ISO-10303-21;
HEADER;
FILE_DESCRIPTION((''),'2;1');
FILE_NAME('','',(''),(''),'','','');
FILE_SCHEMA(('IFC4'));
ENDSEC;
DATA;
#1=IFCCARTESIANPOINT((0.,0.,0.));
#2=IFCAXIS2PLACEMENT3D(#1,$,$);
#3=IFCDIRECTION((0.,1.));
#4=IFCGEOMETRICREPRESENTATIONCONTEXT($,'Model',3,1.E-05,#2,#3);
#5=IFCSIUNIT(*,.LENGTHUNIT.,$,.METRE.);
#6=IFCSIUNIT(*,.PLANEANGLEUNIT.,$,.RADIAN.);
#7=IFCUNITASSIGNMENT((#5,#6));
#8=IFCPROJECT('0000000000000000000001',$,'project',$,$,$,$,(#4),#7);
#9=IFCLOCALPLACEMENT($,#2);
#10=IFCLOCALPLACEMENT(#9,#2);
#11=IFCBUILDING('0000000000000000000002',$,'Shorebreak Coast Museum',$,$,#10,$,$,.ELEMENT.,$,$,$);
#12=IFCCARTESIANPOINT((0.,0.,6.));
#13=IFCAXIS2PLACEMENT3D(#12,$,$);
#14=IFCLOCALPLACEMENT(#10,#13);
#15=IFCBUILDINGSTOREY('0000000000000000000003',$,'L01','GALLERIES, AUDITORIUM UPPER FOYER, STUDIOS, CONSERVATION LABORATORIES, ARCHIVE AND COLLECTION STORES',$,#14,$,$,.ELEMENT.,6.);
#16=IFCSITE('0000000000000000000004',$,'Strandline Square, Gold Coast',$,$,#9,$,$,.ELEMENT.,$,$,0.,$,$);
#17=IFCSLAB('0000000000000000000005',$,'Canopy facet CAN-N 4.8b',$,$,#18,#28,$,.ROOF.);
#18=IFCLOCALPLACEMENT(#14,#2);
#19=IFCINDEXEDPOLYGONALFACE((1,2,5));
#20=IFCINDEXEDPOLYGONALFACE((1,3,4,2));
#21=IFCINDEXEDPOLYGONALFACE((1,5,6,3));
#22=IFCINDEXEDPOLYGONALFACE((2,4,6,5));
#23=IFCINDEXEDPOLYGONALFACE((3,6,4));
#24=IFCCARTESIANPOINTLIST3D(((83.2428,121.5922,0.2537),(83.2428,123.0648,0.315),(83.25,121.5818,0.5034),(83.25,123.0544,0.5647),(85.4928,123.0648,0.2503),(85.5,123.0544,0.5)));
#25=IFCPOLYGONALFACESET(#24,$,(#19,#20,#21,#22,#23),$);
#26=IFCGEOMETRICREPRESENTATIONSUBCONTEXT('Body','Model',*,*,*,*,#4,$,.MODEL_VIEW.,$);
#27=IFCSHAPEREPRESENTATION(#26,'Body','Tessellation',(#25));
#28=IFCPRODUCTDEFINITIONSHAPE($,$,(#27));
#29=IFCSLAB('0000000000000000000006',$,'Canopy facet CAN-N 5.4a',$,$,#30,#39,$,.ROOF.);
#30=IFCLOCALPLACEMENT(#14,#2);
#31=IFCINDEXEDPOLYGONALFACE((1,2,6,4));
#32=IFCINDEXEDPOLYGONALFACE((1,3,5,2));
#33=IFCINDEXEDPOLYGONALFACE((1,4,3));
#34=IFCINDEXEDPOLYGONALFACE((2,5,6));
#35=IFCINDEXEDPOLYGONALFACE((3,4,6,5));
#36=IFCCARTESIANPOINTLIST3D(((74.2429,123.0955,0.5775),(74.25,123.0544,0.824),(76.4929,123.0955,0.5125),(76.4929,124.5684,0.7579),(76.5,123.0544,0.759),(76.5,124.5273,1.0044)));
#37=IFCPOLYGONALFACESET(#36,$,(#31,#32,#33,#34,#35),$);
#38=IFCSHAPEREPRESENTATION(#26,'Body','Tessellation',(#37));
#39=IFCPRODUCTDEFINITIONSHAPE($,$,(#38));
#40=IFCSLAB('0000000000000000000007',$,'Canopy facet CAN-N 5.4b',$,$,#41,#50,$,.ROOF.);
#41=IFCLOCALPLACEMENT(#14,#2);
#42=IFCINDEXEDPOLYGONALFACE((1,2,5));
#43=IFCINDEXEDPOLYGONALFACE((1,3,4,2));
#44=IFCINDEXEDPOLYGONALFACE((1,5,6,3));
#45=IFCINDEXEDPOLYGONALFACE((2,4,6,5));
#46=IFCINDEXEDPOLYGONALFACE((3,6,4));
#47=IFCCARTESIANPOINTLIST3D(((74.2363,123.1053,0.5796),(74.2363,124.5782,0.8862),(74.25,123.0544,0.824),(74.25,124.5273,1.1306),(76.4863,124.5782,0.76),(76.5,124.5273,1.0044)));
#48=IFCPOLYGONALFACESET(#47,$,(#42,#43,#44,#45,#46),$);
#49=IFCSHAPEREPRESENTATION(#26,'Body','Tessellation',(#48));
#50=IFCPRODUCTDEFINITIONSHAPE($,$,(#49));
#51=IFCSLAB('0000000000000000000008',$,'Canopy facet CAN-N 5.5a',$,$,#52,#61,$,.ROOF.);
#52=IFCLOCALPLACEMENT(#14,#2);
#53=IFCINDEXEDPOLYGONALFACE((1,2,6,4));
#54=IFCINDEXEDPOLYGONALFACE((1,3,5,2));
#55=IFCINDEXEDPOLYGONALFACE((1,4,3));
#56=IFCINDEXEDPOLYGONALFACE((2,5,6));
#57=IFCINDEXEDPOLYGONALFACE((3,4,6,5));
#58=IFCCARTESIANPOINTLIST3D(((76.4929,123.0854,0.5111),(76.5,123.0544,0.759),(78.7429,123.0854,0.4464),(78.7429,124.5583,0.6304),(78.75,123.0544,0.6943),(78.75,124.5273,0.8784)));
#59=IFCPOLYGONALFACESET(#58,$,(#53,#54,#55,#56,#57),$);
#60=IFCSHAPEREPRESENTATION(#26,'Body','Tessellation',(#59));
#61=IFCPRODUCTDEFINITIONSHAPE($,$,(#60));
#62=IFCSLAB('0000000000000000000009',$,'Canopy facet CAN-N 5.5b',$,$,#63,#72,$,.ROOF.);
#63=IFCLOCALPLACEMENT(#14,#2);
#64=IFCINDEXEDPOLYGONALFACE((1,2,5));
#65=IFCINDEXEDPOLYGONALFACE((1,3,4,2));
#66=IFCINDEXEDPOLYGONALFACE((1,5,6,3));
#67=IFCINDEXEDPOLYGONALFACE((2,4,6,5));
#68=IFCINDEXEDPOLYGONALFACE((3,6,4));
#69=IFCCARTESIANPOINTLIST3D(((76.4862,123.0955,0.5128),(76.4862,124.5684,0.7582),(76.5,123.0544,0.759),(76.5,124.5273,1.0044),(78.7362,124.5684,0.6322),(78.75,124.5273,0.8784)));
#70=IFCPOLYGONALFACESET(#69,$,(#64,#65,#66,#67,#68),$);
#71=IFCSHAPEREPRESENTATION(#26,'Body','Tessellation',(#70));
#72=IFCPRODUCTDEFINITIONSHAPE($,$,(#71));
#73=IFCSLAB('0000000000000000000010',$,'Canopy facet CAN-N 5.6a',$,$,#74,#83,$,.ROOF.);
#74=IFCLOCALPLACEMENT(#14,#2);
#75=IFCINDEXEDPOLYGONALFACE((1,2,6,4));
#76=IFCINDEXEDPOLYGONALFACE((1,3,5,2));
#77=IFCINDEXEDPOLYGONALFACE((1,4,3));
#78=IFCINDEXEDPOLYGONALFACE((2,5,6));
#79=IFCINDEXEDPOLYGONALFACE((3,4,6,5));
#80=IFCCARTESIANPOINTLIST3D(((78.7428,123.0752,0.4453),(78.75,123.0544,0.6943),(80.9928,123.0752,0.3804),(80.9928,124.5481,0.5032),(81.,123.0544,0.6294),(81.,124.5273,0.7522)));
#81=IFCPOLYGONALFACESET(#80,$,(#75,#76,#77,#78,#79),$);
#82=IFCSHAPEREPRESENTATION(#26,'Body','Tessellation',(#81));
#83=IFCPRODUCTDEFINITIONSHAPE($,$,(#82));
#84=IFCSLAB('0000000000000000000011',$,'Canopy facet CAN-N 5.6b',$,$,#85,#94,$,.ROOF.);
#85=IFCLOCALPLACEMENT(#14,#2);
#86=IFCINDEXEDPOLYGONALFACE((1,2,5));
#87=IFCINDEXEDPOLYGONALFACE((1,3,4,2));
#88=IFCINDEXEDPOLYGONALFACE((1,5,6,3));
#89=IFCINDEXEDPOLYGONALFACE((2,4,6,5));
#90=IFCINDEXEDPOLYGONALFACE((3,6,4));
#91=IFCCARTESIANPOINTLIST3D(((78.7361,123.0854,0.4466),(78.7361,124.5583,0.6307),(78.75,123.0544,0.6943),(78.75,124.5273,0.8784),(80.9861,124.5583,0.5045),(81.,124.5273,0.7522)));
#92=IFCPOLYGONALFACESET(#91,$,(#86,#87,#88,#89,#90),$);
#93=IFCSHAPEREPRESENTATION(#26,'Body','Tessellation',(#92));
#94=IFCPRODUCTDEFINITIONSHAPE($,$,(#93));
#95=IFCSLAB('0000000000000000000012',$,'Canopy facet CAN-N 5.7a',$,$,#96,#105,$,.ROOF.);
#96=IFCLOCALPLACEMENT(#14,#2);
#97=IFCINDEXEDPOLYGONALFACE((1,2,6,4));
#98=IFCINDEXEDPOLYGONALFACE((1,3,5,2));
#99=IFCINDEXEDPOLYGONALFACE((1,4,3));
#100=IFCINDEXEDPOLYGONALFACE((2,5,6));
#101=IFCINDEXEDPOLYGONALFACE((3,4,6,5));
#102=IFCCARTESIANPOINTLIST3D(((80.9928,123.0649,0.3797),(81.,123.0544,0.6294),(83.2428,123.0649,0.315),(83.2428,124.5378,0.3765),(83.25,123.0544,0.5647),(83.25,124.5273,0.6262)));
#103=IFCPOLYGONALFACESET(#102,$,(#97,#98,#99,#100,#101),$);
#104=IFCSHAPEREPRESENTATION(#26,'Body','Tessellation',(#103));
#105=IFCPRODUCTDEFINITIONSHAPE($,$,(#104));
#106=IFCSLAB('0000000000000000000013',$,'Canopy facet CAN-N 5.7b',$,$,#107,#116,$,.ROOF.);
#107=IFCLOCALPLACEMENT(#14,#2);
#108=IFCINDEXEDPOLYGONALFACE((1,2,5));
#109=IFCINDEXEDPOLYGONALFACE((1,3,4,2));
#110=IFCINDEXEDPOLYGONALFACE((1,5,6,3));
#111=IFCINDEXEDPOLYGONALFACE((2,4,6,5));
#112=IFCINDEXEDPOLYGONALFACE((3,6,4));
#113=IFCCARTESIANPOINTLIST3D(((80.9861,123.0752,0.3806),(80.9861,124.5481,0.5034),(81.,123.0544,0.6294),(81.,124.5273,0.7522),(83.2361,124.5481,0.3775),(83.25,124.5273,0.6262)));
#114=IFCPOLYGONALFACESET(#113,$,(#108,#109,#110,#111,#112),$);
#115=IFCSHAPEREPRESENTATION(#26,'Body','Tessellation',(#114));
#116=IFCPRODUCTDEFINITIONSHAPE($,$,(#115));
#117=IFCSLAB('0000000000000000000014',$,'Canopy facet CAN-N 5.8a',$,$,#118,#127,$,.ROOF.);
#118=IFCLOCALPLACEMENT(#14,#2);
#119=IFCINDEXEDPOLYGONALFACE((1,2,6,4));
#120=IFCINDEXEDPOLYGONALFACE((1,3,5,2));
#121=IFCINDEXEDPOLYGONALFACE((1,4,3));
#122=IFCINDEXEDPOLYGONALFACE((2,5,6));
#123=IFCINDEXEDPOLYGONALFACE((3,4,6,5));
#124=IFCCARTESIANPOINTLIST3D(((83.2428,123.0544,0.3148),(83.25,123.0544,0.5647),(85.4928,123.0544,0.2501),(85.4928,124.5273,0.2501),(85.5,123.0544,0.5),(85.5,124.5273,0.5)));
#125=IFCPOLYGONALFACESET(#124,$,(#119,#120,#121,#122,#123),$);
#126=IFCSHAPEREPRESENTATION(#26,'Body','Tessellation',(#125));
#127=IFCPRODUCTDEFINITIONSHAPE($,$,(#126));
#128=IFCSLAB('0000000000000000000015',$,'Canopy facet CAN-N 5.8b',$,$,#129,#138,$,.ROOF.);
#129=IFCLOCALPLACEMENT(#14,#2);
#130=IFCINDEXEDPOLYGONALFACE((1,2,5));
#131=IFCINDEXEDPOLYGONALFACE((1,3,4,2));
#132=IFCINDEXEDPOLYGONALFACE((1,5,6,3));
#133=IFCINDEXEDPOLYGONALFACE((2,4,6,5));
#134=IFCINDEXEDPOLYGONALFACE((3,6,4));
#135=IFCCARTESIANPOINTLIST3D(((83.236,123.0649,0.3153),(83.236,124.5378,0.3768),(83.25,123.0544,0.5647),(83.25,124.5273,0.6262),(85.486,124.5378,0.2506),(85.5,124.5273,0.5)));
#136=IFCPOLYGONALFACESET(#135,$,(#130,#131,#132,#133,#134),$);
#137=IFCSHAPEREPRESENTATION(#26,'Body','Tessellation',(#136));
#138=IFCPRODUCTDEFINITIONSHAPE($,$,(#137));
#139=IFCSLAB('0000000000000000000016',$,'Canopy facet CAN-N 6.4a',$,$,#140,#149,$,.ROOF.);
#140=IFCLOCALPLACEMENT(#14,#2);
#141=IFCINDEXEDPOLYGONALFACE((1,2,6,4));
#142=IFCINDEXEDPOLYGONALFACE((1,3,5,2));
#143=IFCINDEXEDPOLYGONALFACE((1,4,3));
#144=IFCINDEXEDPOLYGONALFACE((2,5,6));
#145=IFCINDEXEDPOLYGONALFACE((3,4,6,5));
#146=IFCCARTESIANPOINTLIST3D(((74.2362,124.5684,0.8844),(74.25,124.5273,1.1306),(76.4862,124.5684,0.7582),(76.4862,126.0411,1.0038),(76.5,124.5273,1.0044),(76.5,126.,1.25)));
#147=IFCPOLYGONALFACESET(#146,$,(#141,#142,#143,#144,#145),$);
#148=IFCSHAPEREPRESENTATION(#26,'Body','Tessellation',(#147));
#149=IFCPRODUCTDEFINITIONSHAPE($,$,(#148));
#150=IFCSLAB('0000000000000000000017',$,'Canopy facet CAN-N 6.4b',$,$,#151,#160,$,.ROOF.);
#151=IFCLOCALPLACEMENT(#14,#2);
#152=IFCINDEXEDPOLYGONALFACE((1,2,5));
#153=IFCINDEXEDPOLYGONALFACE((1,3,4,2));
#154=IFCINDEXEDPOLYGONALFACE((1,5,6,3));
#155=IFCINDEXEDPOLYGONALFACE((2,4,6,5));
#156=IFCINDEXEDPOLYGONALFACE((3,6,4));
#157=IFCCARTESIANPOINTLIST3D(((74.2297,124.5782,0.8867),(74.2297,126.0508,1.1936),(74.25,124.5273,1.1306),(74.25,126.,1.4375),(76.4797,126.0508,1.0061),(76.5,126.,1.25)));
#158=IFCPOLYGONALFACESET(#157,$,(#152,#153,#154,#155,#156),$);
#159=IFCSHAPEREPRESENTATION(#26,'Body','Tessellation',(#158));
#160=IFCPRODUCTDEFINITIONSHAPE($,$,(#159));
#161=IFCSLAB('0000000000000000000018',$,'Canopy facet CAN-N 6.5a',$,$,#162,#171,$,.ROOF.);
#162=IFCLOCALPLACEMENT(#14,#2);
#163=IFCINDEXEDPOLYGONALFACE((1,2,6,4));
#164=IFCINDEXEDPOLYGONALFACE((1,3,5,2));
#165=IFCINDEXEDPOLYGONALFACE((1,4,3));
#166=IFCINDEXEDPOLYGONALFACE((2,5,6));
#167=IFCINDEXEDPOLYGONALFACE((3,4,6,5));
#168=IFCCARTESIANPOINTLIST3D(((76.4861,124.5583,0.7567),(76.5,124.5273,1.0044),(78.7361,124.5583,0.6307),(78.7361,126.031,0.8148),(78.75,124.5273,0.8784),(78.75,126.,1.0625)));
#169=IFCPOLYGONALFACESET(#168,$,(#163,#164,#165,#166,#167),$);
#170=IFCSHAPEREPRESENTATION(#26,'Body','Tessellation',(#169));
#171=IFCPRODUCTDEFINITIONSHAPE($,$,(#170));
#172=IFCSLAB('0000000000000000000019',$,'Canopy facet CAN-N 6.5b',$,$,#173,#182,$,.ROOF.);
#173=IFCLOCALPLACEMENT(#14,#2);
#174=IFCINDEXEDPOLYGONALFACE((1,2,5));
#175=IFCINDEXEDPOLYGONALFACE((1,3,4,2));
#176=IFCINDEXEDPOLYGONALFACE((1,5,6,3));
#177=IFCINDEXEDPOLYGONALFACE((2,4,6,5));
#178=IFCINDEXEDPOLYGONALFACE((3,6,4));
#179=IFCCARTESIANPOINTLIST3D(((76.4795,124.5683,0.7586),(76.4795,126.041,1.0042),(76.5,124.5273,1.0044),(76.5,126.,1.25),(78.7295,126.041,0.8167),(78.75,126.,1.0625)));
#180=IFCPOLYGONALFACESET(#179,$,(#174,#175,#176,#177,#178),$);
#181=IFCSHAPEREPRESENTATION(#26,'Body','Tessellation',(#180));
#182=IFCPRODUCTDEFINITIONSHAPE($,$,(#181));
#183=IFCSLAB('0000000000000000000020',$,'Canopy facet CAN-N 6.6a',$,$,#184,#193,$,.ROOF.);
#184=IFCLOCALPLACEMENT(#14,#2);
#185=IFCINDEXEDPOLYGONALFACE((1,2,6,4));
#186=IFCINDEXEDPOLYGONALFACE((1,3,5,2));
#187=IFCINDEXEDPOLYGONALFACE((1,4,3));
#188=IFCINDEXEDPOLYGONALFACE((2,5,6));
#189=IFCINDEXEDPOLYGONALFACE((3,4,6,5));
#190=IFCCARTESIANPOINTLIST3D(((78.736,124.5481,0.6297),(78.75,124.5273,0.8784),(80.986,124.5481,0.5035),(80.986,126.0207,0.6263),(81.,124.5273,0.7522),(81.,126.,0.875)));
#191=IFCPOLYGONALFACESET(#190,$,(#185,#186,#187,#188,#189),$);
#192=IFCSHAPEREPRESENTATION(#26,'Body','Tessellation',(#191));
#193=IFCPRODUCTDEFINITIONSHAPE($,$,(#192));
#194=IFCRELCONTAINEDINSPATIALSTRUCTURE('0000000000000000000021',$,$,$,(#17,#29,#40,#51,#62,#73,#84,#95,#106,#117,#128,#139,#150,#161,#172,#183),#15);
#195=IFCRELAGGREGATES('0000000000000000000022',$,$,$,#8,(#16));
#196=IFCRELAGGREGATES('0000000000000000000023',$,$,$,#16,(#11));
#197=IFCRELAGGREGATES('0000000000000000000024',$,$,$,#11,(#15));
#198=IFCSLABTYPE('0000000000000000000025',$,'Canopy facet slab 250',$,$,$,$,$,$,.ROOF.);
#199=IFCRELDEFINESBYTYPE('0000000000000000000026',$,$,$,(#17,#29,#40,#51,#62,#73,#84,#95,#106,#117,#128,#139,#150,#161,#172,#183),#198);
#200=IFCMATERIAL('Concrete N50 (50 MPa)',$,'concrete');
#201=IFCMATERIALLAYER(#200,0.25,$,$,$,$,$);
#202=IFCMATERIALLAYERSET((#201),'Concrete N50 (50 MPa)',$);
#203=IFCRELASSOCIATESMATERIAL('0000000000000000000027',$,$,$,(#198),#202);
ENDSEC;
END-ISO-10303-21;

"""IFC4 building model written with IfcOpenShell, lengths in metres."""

from ifc_helpers import new_model, si_unit, direction, frame, origin, place, context, subcontext, project, spatial, polyline, outline, extrude, material, layer, layer_set, type_object, element, save


model = new_model("IFC4")

# Units and contexts
model_context = context("Model", 3, precision=1e-05, world=origin(), true_north=direction((0.0, 1.0)))
body_context = subcontext(model_context, "Body", "Model", "MODEL_VIEW")
ifc_project = project(units=[si_unit("LENGTHUNIT", "METRE"), si_unit("PLANEANGLEUNIT", "RADIAN")], contexts=[model_context])

# Site, building, storey
site_placement = place(None, origin())
site = spatial("IfcSite", under=ifc_project, at=site_placement, Name="Strandline Square, Gold Coast", CompositionType="ELEMENT", RefElevation=0.0)
building_placement = place(site_placement, origin())
building = spatial("IfcBuilding", under=site, at=building_placement, Name="Shorebreak Coast Museum", CompositionType="ELEMENT")
storey_placement = place(building_placement, frame((0.0, 0.0, 6.0)))
storey = spatial("IfcBuildingStorey", under=building, at=storey_placement, Name="L01", Description="GALLERIES, AUDITORIUM UPPER FOYER, STUDIOS, CONSERVATION LABORATORIES, ARCHIVE AND COLLECTION STORES", CompositionType="ELEMENT", Elevation=6.0)

# Slabs
ifc_material = material(Name="Concrete N50 (50 MPa)", Category="concrete")
ifc_layer = layer(ifc_material, 0.25)
ifc_layer_set = layer_set([ifc_layer], Name="Concrete N50 (50 MPa)")
slab_type = type_object("IfcSlabType", Name="Canopy facet slab 250", PredefinedType="ROOF", material=ifc_layer_set)
slab_1_placement = place(storey_placement, frame((83.25, 121.5818, 0.5034), z_axis=(0.028718, -0.041558, 0.998723), x_axis=(0.836713, 0.54764, -0.001271)))
element("IfcSlab", 1, at=slab_1_placement, inside=storey, type_object=slab_type, Name="Canopy facet CAN-N 4.8b", PredefinedType="ROOF", context=body_context, shape_type="SweptSolid", body=[
    extrude(outline(polyline([(0.0, 0.0), (2.6891, 0.0), (0.8064, 1.2338), (0.0, 0.0)])), origin(), (0.0, 0.0, -1.0), 0.25),
])
slab_2_placement = place(storey_placement, frame((74.25, 123.0544, 0.824), z_axis=(0.028459, -0.164253, 0.986008), x_axis=(0.999584, 0.0, -0.028851)))
element("IfcSlab", 2, at=slab_2_placement, inside=storey, type_object=slab_type, Name="Canopy facet CAN-N 5.4a", PredefinedType="ROOF", context=body_context, shape_type="SweptSolid", body=[
    extrude(outline(polyline([(0.0, 0.0), (2.2509, 0.0), (2.2439, 1.4932), (0.0, 0.0)])), origin(), (0.0, 0.0, -1.0), 0.25),
])
slab_3_placement = place(storey_placement, frame((74.25, 123.0544, 0.824), z_axis=(0.054838, -0.203511, 0.977536), x_axis=(0.834795, 0.546476, 0.066939)))
element("IfcSlab", 3, at=slab_3_placement, inside=storey, type_object=slab_type, Name="Canopy facet CAN-N 5.4b", PredefinedType="ROOF", context=body_context, shape_type="SweptSolid", body=[
    extrude(outline(polyline([(0.0, 0.0), (2.6953, 0.0), (0.8254, 1.2578), (0.0, 0.0)])), origin(), (0.0, 0.0, -1.0), 0.25),
])
slab_4_placement = place(storey_placement, frame((76.5, 123.0544, 0.759), z_axis=(0.028521, -0.123964, 0.991877), x_axis=(0.999587, 0.0, -0.028742)))
element("IfcSlab", 4, at=slab_4_placement, inside=storey, type_object=slab_type, Name="Canopy facet CAN-N 5.5a", PredefinedType="ROOF", context=body_context, shape_type="SweptSolid", body=[
    extrude(outline(polyline([(0.0, 0.0), (2.2509, 0.0), (2.2456, 1.4843), (0.0, 0.0)])), origin(), (0.0, 0.0, -1.0), 0.25),
])
slab_5_placement = place(storey_placement, frame((76.5, 123.0544, 0.759), z_axis=(0.055144, -0.164069, 0.984906), x_axis=(0.835849, 0.547165, 0.04435)))
element("IfcSlab", 5, at=slab_5_placement, inside=storey, type_object=slab_type, Name="Canopy facet CAN-N 5.5b", PredefinedType="ROOF", context=body_context, shape_type="SweptSolid", body=[
    extrude(outline(polyline([(0.0, 0.0), (2.6919, 0.0), (0.8168, 1.25), (0.0, 0.0)])), origin(), (0.0, 0.0, -1.0), 0.25),
])
slab_6_placement = place(storey_placement, frame((78.75, 123.0544, 0.6943), z_axis=(0.028751, -0.083052, 0.99613), x_axis=(0.999584, 0.0, -0.028851)))
element("IfcSlab", 6, at=slab_6_placement, inside=storey, type_object=slab_type, Name="Canopy facet CAN-N 5.6a", PredefinedType="ROOF", context=body_context, shape_type="SweptSolid", body=[
    extrude(outline(polyline([(0.0, 0.0), (2.2509, 0.0), (2.2474, 1.478), (0.0, 0.0)])), origin(), (0.0, 0.0, -1.0), 0.25),
])
slab_7_placement = place(storey_placement, frame((78.75, 123.0544, 0.6943), z_axis=(0.055579, -0.123823, 0.990747), x_axis=(0.836478, 0.547578, 0.021511)))
element("IfcSlab", 7, at=slab_7_placement, inside=storey, type_object=slab_type, Name="Canopy facet CAN-N 5.6b", PredefinedType="ROOF", context=body_context, shape_type="SweptSolid", body=[
    extrude(outline(polyline([(0.0, 0.0), (2.6898, 0.0), (0.8105, 1.2436), (0.0, 0.0)])), origin(), (0.0, 0.0, -1.0), 0.25),
])
slab_8_placement = place(storey_placement, frame((81.0, 123.0544, 0.6294), z_axis=(0.028717, -0.041717, 0.998717), x_axis=(0.999587, 0.0, -0.028742)))
element("IfcSlab", 8, at=slab_8_placement, inside=storey, type_object=slab_type, Name="Canopy facet CAN-N 5.7a", PredefinedType="ROOF", context=body_context, shape_type="SweptSolid", body=[
    extrude(outline(polyline([(0.0, 0.0), (2.2509, 0.0), (2.2492, 1.4742), (0.0, 0.0)])), origin(), (0.0, 0.0, -1.0), 0.25),
])
slab_9_placement = place(storey_placement, frame((81.0, 123.0544, 0.6294), z_axis=(0.055709, -0.082957, 0.994995), x_axis=(0.836671, 0.547704, -0.00118)))
element("IfcSlab", 9, at=slab_9_placement, inside=storey, type_object=slab_type, Name="Canopy facet CAN-N 5.7b", PredefinedType="ROOF", context=body_context, shape_type="SweptSolid", body=[
    extrude(outline(polyline([(0.0, 0.0), (2.6892, 0.0), (0.8066, 1.2385), (0.0, 0.0)])), origin(), (0.0, 0.0, -1.0), 0.25),
])
slab_10_placement = place(storey_placement, frame((83.25, 123.0544, 0.5647), z_axis=(0.028742, 0.0, 0.999587), x_axis=(0.999587, 0.0, -0.028742)))
element("IfcSlab", 10, at=slab_10_placement, inside=storey, type_object=slab_type, Name="Canopy facet CAN-N 5.8a", PredefinedType="ROOF", context=body_context, shape_type="SweptSolid", body=[
    extrude(outline(polyline([(0.0, 0.0), (2.2509, 0.0), (2.2509, 1.4729), (0.0, 0.0)])), origin(), (0.0, 0.0, -1.0), 0.25),
])
slab_11_placement = place(storey_placement, frame((83.25, 123.0544, 0.5647), z_axis=(0.055961, -0.041668, 0.997563), x_axis=(0.83643, 0.547546, -0.024051)))
element("IfcSlab", 11, at=slab_11_placement, inside=storey, type_object=slab_type, Name="Canopy facet CAN-N 5.8b", PredefinedType="ROOF", context=body_context, shape_type="SweptSolid", body=[
    extrude(outline(polyline([(0.0, 0.0), (2.69, 0.0), (0.805, 1.235), (0.0, 0.0)])), origin(), (0.0, 0.0, -1.0), 0.25),
])
slab_12_placement = place(storey_placement, frame((74.25, 124.5273, 1.1306), z_axis=(0.055249, -0.164254, 0.98487), x_axis=(0.99843, 0.0, -0.05601)))
element("IfcSlab", 12, at=slab_12_placement, inside=storey, type_object=slab_type, Name="Canopy facet CAN-N 6.4a", PredefinedType="ROOF", context=body_context, shape_type="SweptSolid", body=[
    extrude(outline(polyline([(0.0, 0.0), (2.2535, 0.0), (2.2398, 1.4929), (0.0, 0.0)])), origin(), (0.0, 0.0, -1.0), 0.25),
])
slab_13_placement = place(storey_placement, frame((74.25, 124.5273, 1.1306), z_axis=(0.081311, -0.203331, 0.975728), x_axis=(0.83589, 0.547102, 0.044352)))
element("IfcSlab", 13, at=slab_13_placement, inside=storey, type_object=slab_type, Name="Canopy facet CAN-N 6.4b", PredefinedType="ROOF", context=body_context, shape_type="SweptSolid", body=[
    extrude(outline(polyline([(0.0, 0.0), (2.6917, 0.0), (0.8193, 1.2616), (0.0, 0.0)])), origin(), (0.0, 0.0, -1.0), 0.25),
])
slab_14_placement = place(storey_placement, frame((76.5, 124.5273, 1.0044), z_axis=(0.055472, -0.123844, 0.99075), x_axis=(0.998436, 0.0, -0.055902)))
element("IfcSlab", 14, at=slab_14_placement, inside=storey, type_object=slab_type, Name="Canopy facet CAN-N 6.5a", PredefinedType="ROOF", context=body_context, shape_type="SweptSolid", body=[
    extrude(outline(polyline([(0.0, 0.0), (2.2535, 0.0), (2.2432, 1.4841), (0.0, 0.0)])), origin(), (0.0, 0.0, -1.0), 0.25),
])
slab_15_placement = place(storey_placement, frame((76.5, 124.5273, 1.0044), z_axis=(0.081922, -0.163952, 0.983061), x_axis=(0.836518, 0.547513, 0.021603)))
element("IfcSlab", 15, at=slab_15_placement, inside=storey, type_object=slab_type, Name="Canopy facet CAN-N 6.5b", PredefinedType="ROOF", context=body_context, shape_type="SweptSolid", body=[
    extrude(outline(polyline([(0.0, 0.0), (2.6897, 0.0), (0.8116, 1.2531), (0.0, 0.0)])), origin(), (0.0, 0.0, -1.0), 0.25),
])
slab_16_placement = place(storey_placement, frame((78.75, 124.5273, 0.8784), z_axis=(0.055817, -0.082971, 0.994988), x_axis=(0.99843, 0.0, -0.05601)))
element("IfcSlab", 16, at=slab_16_placement, inside=storey, type_object=slab_type, Name="Canopy facet CAN-N 6.6a", PredefinedType="ROOF", context=body_context, shape_type="SweptSolid", body=[
    extrude(outline(polyline([(0.0, 0.0), (2.2535, 0.0), (2.2467, 1.4778), (0.0, 0.0)])), origin(), (0.0, 0.0, -1.0), 0.25),
])

save(model, "model.ifc")
